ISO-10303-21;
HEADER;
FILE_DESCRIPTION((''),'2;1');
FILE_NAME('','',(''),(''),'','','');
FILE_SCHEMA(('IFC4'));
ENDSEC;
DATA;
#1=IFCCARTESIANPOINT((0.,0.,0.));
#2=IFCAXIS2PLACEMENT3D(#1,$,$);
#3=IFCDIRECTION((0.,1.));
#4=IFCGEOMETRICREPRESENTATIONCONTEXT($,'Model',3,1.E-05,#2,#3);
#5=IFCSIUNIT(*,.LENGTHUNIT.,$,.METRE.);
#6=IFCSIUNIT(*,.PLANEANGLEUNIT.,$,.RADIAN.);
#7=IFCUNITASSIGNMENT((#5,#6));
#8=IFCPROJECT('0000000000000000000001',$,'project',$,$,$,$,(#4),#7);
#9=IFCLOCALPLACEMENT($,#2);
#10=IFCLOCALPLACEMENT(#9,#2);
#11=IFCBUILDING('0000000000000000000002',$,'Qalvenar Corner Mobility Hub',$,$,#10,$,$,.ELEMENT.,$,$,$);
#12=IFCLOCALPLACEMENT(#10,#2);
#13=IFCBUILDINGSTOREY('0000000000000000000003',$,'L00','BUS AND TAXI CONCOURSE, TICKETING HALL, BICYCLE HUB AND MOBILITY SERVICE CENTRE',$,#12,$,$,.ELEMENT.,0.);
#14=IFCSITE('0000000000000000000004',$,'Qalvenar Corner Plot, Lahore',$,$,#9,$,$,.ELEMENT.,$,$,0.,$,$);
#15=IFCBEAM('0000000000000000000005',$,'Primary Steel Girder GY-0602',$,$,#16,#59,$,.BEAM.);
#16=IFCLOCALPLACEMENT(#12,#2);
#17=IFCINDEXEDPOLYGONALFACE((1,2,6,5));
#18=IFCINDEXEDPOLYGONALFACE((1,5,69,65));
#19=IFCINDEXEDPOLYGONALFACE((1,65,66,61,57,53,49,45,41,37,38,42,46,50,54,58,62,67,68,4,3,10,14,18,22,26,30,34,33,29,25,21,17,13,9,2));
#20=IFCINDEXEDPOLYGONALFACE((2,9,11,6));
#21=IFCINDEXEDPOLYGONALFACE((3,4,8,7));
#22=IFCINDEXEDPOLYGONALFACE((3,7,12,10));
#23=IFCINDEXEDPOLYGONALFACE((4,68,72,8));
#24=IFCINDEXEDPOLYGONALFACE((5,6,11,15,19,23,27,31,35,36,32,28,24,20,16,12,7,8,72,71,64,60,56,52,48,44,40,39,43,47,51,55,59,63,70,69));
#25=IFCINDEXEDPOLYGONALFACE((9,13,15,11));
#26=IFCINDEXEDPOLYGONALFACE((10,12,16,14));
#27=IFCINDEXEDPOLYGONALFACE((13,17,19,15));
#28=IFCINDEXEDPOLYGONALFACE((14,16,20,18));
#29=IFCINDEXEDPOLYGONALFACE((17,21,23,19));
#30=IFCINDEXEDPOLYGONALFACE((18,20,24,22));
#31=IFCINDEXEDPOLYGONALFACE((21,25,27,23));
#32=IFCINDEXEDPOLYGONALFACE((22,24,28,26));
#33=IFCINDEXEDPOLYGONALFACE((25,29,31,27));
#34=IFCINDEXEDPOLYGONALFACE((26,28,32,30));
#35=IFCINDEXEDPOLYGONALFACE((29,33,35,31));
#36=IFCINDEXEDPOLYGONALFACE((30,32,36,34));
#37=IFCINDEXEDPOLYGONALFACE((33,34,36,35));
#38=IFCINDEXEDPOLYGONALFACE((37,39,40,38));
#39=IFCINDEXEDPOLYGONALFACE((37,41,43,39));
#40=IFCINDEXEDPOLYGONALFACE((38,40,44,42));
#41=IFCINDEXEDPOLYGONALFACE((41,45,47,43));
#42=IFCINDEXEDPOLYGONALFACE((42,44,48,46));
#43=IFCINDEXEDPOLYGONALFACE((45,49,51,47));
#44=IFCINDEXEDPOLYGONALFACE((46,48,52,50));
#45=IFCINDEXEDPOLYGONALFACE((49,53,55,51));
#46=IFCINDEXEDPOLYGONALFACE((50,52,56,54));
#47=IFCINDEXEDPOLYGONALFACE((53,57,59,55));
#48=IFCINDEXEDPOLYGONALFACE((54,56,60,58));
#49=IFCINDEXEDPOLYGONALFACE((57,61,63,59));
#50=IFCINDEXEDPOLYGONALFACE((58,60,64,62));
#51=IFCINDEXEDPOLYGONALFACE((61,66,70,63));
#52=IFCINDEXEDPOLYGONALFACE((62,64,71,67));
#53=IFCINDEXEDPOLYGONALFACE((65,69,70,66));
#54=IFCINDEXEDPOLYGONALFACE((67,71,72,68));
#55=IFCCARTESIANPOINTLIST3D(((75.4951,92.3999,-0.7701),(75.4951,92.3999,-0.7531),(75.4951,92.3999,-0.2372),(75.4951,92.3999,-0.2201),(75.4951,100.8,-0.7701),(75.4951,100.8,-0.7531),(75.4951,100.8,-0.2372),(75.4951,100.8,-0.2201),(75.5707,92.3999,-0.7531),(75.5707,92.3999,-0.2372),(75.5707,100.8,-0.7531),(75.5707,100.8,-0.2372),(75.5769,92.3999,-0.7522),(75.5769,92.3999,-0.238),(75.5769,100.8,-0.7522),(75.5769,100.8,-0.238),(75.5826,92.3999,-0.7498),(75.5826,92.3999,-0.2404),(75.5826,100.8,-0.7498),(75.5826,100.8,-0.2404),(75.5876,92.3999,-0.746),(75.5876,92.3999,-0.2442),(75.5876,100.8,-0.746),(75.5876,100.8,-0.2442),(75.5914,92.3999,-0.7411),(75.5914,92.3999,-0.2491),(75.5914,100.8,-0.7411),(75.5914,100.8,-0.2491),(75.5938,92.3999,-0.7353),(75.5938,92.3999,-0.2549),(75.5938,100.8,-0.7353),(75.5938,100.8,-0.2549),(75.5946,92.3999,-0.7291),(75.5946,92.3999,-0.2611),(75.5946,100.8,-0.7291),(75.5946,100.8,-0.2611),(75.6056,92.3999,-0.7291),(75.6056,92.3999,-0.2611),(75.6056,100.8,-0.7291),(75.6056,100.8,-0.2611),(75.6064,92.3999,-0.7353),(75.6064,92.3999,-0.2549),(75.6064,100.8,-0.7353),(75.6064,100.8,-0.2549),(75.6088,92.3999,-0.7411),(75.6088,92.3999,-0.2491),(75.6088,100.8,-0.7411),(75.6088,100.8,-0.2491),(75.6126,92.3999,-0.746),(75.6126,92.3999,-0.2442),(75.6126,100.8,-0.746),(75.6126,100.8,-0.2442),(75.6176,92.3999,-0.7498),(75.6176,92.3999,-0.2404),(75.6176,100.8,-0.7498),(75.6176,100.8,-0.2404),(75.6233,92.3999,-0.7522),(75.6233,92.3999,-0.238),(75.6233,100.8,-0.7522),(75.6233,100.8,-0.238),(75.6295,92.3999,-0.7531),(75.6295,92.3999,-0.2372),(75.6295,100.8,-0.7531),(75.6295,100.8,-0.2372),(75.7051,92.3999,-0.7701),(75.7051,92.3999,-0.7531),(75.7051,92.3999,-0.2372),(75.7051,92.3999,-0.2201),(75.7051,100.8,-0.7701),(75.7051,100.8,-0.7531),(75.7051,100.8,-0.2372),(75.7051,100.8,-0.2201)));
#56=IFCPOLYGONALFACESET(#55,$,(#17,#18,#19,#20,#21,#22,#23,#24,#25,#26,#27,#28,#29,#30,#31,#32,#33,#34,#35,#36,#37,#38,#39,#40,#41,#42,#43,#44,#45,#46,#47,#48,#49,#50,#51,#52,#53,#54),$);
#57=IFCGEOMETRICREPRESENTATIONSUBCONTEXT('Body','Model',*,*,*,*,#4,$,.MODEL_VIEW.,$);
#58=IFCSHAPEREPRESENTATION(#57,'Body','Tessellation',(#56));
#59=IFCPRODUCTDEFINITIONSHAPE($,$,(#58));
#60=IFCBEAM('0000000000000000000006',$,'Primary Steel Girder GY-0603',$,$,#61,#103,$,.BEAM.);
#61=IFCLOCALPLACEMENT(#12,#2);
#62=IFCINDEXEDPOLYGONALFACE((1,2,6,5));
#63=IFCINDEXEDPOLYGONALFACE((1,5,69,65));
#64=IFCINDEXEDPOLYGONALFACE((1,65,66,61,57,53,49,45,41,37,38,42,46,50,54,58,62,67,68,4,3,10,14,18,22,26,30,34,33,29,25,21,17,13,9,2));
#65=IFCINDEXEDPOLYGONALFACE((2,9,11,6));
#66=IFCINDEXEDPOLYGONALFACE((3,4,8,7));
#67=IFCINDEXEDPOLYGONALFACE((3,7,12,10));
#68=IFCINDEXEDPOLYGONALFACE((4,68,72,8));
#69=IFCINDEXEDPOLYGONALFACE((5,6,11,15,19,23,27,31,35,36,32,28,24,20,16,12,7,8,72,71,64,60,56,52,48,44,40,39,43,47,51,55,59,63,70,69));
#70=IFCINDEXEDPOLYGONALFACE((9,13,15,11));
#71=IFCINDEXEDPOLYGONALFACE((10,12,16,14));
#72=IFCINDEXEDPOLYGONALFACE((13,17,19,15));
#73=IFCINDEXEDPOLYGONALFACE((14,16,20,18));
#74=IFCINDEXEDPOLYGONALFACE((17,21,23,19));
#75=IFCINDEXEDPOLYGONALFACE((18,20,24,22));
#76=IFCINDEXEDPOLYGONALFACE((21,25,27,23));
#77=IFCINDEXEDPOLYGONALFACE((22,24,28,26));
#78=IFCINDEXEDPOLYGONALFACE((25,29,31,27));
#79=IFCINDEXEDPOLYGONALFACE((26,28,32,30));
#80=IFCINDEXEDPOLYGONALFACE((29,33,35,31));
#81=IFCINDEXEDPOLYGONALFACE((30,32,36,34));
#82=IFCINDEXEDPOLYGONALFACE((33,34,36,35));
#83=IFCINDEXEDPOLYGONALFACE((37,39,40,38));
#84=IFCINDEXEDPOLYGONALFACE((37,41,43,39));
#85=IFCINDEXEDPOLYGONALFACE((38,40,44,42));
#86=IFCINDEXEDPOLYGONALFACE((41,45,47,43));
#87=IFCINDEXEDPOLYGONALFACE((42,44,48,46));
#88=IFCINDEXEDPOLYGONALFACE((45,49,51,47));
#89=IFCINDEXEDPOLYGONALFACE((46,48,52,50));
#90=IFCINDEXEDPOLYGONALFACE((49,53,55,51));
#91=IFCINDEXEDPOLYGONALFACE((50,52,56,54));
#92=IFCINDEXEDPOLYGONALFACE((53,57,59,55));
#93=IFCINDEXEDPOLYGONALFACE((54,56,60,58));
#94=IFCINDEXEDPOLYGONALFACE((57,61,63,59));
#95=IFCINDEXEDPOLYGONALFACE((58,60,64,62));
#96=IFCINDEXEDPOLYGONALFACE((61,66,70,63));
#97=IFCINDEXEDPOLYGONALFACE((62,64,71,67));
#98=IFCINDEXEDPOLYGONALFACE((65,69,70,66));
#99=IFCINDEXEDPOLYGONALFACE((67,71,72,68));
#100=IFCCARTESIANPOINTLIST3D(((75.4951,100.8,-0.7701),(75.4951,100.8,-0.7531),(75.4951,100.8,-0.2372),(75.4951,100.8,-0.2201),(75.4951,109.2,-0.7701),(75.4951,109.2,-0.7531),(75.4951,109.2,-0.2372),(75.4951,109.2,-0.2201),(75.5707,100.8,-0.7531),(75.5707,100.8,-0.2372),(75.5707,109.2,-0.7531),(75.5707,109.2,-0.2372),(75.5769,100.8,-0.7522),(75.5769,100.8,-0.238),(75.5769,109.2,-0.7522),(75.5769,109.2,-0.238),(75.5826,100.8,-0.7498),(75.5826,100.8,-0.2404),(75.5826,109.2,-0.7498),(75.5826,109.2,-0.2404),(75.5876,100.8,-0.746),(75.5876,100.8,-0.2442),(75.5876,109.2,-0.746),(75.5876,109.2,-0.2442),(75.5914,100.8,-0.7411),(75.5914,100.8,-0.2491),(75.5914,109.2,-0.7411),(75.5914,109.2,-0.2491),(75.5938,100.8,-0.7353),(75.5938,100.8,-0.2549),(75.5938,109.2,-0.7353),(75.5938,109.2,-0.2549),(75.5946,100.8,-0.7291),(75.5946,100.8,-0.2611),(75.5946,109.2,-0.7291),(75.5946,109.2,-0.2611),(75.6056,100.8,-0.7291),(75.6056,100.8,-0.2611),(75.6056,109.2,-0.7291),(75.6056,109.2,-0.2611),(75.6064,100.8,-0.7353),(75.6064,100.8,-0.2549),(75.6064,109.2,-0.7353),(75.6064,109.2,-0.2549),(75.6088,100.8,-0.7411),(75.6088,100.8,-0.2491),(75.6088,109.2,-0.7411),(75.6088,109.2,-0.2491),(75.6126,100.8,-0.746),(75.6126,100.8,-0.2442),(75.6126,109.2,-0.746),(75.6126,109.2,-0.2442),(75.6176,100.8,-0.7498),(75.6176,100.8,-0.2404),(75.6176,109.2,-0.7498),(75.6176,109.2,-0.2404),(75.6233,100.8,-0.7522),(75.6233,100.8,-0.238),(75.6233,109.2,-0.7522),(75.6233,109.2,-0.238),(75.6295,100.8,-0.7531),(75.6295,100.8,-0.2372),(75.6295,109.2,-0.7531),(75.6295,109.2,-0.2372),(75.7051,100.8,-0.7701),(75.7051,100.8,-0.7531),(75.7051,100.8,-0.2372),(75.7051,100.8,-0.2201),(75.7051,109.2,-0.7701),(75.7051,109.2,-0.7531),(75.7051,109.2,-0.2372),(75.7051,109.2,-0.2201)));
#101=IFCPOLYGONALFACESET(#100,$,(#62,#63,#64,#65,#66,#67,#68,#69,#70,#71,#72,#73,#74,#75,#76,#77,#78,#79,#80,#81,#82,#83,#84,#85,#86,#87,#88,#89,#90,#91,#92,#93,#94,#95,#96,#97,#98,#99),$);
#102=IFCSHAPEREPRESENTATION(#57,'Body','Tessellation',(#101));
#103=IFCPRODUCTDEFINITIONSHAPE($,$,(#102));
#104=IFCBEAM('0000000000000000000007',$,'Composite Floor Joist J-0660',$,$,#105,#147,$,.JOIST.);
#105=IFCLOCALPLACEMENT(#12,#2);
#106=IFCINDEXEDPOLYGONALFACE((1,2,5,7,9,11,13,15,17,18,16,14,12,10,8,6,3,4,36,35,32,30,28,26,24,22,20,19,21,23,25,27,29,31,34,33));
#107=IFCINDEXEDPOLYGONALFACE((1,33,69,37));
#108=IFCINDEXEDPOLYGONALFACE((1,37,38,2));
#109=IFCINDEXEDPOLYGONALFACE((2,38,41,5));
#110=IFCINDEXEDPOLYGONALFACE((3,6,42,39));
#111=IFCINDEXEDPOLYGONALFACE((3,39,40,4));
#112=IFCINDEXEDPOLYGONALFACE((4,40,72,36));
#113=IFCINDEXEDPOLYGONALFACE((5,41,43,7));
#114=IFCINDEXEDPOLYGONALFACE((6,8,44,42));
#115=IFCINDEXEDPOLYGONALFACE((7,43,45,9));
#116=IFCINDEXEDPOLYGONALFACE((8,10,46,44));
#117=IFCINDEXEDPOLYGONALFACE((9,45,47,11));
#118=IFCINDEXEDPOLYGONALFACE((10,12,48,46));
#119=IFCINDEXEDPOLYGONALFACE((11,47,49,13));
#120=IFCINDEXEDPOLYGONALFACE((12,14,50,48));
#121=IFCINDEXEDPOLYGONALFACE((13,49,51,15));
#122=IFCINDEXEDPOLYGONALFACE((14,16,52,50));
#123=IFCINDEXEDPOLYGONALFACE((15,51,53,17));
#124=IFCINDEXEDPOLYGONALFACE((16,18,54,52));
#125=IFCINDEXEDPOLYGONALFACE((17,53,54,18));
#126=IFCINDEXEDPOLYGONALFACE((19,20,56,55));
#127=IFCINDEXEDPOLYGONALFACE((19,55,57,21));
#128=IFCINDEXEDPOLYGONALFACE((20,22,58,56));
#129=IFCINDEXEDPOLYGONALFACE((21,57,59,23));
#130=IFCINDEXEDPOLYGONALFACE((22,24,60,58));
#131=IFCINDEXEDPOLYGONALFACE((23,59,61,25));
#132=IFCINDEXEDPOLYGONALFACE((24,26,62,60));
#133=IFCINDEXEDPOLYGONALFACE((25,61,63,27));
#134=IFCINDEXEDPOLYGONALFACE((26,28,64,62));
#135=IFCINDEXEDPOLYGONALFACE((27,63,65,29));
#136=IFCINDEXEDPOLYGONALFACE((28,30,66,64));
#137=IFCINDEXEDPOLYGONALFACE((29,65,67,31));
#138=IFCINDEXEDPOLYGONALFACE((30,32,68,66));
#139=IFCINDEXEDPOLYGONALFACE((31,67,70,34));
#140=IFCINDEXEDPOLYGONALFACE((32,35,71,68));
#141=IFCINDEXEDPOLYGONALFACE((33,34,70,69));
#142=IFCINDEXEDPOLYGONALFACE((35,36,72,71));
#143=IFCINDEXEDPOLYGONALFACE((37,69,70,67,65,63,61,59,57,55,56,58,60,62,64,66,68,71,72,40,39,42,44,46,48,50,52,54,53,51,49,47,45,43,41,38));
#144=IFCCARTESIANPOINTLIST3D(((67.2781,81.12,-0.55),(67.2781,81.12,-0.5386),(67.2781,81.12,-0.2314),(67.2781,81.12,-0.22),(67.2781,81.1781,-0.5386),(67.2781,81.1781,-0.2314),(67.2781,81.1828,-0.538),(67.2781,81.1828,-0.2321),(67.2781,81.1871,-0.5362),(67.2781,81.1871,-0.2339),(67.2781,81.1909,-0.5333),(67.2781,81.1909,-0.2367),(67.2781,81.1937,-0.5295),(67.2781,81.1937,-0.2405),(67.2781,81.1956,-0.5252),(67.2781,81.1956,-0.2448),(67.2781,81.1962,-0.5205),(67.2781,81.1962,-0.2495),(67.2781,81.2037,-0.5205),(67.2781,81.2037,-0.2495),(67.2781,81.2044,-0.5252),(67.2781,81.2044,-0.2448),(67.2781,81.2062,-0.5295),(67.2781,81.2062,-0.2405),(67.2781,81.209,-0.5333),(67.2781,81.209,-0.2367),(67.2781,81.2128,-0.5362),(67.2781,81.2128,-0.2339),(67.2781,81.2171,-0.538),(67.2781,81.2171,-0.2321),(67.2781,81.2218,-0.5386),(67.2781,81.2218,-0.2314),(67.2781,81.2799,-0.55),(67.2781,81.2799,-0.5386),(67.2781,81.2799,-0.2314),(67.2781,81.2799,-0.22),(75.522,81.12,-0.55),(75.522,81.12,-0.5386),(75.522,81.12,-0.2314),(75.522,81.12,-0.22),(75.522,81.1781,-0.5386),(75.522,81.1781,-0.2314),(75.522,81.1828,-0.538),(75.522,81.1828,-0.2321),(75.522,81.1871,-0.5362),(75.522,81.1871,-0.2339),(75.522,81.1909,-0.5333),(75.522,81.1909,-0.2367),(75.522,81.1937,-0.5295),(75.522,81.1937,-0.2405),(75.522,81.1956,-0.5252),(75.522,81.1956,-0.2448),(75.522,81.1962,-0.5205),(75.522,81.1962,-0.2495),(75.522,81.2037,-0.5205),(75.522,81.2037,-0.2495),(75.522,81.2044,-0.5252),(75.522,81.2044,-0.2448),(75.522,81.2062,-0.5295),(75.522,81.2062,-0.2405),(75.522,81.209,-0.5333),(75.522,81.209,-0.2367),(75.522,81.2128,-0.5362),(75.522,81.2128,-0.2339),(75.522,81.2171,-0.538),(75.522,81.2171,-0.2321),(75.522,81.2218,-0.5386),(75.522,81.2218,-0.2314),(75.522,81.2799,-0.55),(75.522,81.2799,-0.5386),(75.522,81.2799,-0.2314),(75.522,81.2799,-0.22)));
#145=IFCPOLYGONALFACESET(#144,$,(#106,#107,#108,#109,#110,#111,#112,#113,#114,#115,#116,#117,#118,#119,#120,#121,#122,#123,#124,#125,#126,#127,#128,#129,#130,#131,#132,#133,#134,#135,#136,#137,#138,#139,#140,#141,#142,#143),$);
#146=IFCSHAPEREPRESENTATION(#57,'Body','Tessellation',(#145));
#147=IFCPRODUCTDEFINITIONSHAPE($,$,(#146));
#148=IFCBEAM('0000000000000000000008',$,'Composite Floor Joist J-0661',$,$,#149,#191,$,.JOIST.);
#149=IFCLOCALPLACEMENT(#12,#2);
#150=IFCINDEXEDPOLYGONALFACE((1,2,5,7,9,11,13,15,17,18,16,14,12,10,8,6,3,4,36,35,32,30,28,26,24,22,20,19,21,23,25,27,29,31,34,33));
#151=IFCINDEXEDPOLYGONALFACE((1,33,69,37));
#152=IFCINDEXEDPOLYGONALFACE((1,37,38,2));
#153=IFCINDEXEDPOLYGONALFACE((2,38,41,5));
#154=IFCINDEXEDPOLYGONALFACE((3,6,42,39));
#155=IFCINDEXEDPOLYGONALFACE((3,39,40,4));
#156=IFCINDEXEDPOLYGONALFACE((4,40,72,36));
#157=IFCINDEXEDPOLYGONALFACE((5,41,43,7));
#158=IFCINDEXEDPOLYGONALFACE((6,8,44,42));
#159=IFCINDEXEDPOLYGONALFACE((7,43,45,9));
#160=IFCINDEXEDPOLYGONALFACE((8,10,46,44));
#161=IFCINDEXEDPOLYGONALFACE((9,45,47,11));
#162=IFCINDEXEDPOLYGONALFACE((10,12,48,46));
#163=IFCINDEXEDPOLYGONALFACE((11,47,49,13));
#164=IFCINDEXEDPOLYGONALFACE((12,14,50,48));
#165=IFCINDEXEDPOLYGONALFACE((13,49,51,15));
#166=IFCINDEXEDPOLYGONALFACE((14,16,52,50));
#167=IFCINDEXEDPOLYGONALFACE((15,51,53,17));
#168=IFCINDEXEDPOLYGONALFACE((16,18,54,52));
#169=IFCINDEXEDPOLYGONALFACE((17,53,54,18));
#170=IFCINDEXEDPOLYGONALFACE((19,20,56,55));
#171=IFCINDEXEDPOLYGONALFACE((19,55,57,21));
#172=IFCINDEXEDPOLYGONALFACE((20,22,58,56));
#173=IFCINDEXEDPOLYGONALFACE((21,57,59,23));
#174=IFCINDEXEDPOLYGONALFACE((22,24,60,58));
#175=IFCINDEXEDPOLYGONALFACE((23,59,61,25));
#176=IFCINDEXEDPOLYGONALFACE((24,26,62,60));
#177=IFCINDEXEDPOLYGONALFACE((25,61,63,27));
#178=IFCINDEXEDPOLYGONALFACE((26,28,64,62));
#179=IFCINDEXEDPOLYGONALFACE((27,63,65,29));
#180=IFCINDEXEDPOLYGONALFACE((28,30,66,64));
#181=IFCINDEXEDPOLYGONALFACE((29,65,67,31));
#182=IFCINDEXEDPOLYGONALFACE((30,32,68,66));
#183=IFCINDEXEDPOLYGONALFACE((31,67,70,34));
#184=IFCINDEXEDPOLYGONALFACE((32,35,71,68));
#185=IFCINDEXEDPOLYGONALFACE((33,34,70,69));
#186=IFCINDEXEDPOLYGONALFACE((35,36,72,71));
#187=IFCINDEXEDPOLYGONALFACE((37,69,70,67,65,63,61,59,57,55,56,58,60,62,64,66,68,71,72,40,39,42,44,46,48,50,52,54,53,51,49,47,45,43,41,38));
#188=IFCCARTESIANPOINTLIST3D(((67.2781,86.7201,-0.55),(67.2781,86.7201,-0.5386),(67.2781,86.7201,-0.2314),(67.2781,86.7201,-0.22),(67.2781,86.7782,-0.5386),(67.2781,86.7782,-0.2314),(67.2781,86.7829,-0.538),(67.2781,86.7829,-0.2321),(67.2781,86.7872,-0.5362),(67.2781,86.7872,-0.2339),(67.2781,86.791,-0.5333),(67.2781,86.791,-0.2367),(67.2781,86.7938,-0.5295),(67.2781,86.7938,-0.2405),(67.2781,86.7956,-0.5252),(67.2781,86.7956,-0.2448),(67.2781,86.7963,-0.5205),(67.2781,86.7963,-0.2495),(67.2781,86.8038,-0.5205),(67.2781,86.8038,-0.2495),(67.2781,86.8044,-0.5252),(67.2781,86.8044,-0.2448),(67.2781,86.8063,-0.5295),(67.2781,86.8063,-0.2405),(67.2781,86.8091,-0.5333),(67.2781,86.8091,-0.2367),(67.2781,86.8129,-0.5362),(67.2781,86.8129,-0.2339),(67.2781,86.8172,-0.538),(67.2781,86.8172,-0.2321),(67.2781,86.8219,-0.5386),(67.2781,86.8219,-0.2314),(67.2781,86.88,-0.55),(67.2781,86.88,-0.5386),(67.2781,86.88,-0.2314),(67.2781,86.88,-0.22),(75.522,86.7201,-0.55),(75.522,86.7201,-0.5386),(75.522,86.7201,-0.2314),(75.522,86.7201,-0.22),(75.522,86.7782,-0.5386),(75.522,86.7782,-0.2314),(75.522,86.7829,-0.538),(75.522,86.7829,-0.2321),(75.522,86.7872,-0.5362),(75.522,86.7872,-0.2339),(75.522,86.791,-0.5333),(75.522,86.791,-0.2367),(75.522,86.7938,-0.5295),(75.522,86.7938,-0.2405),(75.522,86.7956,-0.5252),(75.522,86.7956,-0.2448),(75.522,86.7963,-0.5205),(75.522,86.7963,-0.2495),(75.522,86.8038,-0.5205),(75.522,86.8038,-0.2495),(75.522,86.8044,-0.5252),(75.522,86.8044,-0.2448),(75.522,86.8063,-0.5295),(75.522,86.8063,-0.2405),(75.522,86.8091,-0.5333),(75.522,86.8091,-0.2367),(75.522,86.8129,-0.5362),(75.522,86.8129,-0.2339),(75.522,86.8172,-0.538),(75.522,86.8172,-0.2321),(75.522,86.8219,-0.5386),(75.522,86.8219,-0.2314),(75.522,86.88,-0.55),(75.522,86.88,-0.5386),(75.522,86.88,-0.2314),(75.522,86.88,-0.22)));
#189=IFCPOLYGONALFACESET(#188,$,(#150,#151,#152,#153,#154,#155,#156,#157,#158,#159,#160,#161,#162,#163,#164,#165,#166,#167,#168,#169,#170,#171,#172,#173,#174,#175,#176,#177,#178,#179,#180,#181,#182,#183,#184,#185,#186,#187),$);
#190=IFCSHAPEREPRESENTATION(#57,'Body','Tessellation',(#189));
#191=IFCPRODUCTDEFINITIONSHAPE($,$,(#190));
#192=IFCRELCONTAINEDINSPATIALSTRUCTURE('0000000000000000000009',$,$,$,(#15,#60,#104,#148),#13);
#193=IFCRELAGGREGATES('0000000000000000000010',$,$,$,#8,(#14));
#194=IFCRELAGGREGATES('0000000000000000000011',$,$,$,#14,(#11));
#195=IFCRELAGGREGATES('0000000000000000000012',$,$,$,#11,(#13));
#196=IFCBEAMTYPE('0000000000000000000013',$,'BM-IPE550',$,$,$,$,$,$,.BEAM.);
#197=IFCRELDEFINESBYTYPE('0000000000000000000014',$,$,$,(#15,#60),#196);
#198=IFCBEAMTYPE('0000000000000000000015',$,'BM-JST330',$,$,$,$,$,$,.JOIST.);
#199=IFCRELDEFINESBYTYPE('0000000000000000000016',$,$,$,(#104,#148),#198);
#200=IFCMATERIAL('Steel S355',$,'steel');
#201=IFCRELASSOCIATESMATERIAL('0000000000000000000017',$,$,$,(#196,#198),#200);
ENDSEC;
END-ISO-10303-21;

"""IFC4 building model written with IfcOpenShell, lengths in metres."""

from ifc_helpers import new_model, si_unit, direction, frame, origin, origin_2d, place, context, subcontext, project, spatial, i_section, extrude, material, material_profile, profile_set, type_object, element, save


model = new_model("IFC4")

# Units and contexts
model_context = context("Model", 3, precision=1e-05, world=origin(), true_north=direction((0.0, 1.0)))
body_context = subcontext(model_context, "Body", "Model", "MODEL_VIEW")
ifc_project = project(units=[si_unit("LENGTHUNIT", "METRE"), si_unit("PLANEANGLEUNIT", "RADIAN")], contexts=[model_context])

# Site, building, storey
site_placement = place(None, origin())
site = spatial("IfcSite", under=ifc_project, at=site_placement, Name="Qalvenar Corner Plot, Lahore", CompositionType="ELEMENT", RefElevation=0.0)
building_placement = place(site_placement, origin())
building = spatial("IfcBuilding", under=site, at=building_placement, Name="Qalvenar Corner Mobility Hub", CompositionType="ELEMENT")
storey_placement = place(building_placement, origin())
storey = spatial("IfcBuildingStorey", under=building, at=storey_placement, Name="L00", Description="BUS AND TAXI CONCOURSE, TICKETING HALL, BICYCLE HUB AND MOBILITY SERVICE CENTRE", CompositionType="ELEMENT", Elevation=0.0)

# Shared definitions
ifc_material_1 = material(Name="Steel S355", Category="steel")

# Beams
ifc_material_profile_1 = material_profile(ifc_material_1, i_section(OverallWidth=0.21, OverallDepth=0.55, WebThickness=0.011, FlangeThickness=0.0171, FilletRadius=0.0239, at=origin_2d()), Name="IPE550")
ifc_profile_set_1 = profile_set([ifc_material_profile_1], Name="Steel S355")
beam_type_1 = type_object("IfcBeamType", Name="BM-IPE550", PredefinedType="BEAM", material=ifc_profile_set_1)
beam_1_placement = place(storey_placement, frame((75.6001, 92.3999, -0.4951), z_axis=(0.0, 1.0, 0.0), x_axis=(-1.0, 0.0, 0.0)))
element("IfcBeam", 1, at=beam_1_placement, inside=storey, type_object=beam_type_1, Name="Primary Steel Girder GY-0602", PredefinedType="BEAM", context=body_context, shape_type="SweptSolid", body=[
    extrude(i_section(OverallWidth=0.21, OverallDepth=0.55, WebThickness=0.011, FlangeThickness=0.0171, FilletRadius=0.0239, at=origin_2d()), origin(), (0.0, 0.0, 1.0), 8.4001),
])
beam_2_placement = place(storey_placement, frame((75.6001, 100.8, -0.4951), z_axis=(0.0, 1.0, 0.0), x_axis=(-1.0, 0.0, 0.0)))
element("IfcBeam", 2, at=beam_2_placement, inside=storey, type_object=beam_type_1, Name="Primary Steel Girder GY-0603", PredefinedType="BEAM", context=body_context, shape_type="SweptSolid", body=[
    extrude(i_section(OverallWidth=0.21, OverallDepth=0.55, WebThickness=0.011, FlangeThickness=0.0171, FilletRadius=0.0239, at=origin_2d()), origin(), (0.0, 0.0, 1.0), 8.3999),
])
ifc_material_profile_2 = material_profile(ifc_material_1, i_section(OverallWidth=0.1599, OverallDepth=0.3301, WebThickness=0.0076, FlangeThickness=0.0115, FilletRadius=0.0181, at=origin_2d()), Name="IPE330")
ifc_profile_set_2 = profile_set([ifc_material_profile_2], Name="Steel S355")
beam_type_2 = type_object("IfcBeamType", Name="BM-JST330", PredefinedType="JOIST", material=ifc_profile_set_2)
for number, where, z_axis, x_axis, name in (
    (3, (67.2781, 81.2, -0.385), (1.0, 0.0, 0.0), (0.0, 1.0, 0.0), "Composite Floor Joist J-0660"),
    (4, (67.2781, 86.8, -0.385), (1.0, 0.0, 0.0), (0.0, 1.0, 0.0), "Composite Floor Joist J-0661"),
):
    element("IfcBeam", number, at=place(storey_placement, frame(where, z_axis=z_axis, x_axis=x_axis)), inside=storey, type_object=beam_type_2, Name=name, PredefinedType="JOIST", context=body_context, shape_type="SweptSolid", body=[
        extrude(i_section(OverallWidth=0.1599, OverallDepth=0.3301, WebThickness=0.0076, FlangeThickness=0.0115, FilletRadius=0.0181, at=origin_2d()), origin(), (0.0, 0.0, 1.0), 8.2439),
    ])

save(model, "model.ifc")
